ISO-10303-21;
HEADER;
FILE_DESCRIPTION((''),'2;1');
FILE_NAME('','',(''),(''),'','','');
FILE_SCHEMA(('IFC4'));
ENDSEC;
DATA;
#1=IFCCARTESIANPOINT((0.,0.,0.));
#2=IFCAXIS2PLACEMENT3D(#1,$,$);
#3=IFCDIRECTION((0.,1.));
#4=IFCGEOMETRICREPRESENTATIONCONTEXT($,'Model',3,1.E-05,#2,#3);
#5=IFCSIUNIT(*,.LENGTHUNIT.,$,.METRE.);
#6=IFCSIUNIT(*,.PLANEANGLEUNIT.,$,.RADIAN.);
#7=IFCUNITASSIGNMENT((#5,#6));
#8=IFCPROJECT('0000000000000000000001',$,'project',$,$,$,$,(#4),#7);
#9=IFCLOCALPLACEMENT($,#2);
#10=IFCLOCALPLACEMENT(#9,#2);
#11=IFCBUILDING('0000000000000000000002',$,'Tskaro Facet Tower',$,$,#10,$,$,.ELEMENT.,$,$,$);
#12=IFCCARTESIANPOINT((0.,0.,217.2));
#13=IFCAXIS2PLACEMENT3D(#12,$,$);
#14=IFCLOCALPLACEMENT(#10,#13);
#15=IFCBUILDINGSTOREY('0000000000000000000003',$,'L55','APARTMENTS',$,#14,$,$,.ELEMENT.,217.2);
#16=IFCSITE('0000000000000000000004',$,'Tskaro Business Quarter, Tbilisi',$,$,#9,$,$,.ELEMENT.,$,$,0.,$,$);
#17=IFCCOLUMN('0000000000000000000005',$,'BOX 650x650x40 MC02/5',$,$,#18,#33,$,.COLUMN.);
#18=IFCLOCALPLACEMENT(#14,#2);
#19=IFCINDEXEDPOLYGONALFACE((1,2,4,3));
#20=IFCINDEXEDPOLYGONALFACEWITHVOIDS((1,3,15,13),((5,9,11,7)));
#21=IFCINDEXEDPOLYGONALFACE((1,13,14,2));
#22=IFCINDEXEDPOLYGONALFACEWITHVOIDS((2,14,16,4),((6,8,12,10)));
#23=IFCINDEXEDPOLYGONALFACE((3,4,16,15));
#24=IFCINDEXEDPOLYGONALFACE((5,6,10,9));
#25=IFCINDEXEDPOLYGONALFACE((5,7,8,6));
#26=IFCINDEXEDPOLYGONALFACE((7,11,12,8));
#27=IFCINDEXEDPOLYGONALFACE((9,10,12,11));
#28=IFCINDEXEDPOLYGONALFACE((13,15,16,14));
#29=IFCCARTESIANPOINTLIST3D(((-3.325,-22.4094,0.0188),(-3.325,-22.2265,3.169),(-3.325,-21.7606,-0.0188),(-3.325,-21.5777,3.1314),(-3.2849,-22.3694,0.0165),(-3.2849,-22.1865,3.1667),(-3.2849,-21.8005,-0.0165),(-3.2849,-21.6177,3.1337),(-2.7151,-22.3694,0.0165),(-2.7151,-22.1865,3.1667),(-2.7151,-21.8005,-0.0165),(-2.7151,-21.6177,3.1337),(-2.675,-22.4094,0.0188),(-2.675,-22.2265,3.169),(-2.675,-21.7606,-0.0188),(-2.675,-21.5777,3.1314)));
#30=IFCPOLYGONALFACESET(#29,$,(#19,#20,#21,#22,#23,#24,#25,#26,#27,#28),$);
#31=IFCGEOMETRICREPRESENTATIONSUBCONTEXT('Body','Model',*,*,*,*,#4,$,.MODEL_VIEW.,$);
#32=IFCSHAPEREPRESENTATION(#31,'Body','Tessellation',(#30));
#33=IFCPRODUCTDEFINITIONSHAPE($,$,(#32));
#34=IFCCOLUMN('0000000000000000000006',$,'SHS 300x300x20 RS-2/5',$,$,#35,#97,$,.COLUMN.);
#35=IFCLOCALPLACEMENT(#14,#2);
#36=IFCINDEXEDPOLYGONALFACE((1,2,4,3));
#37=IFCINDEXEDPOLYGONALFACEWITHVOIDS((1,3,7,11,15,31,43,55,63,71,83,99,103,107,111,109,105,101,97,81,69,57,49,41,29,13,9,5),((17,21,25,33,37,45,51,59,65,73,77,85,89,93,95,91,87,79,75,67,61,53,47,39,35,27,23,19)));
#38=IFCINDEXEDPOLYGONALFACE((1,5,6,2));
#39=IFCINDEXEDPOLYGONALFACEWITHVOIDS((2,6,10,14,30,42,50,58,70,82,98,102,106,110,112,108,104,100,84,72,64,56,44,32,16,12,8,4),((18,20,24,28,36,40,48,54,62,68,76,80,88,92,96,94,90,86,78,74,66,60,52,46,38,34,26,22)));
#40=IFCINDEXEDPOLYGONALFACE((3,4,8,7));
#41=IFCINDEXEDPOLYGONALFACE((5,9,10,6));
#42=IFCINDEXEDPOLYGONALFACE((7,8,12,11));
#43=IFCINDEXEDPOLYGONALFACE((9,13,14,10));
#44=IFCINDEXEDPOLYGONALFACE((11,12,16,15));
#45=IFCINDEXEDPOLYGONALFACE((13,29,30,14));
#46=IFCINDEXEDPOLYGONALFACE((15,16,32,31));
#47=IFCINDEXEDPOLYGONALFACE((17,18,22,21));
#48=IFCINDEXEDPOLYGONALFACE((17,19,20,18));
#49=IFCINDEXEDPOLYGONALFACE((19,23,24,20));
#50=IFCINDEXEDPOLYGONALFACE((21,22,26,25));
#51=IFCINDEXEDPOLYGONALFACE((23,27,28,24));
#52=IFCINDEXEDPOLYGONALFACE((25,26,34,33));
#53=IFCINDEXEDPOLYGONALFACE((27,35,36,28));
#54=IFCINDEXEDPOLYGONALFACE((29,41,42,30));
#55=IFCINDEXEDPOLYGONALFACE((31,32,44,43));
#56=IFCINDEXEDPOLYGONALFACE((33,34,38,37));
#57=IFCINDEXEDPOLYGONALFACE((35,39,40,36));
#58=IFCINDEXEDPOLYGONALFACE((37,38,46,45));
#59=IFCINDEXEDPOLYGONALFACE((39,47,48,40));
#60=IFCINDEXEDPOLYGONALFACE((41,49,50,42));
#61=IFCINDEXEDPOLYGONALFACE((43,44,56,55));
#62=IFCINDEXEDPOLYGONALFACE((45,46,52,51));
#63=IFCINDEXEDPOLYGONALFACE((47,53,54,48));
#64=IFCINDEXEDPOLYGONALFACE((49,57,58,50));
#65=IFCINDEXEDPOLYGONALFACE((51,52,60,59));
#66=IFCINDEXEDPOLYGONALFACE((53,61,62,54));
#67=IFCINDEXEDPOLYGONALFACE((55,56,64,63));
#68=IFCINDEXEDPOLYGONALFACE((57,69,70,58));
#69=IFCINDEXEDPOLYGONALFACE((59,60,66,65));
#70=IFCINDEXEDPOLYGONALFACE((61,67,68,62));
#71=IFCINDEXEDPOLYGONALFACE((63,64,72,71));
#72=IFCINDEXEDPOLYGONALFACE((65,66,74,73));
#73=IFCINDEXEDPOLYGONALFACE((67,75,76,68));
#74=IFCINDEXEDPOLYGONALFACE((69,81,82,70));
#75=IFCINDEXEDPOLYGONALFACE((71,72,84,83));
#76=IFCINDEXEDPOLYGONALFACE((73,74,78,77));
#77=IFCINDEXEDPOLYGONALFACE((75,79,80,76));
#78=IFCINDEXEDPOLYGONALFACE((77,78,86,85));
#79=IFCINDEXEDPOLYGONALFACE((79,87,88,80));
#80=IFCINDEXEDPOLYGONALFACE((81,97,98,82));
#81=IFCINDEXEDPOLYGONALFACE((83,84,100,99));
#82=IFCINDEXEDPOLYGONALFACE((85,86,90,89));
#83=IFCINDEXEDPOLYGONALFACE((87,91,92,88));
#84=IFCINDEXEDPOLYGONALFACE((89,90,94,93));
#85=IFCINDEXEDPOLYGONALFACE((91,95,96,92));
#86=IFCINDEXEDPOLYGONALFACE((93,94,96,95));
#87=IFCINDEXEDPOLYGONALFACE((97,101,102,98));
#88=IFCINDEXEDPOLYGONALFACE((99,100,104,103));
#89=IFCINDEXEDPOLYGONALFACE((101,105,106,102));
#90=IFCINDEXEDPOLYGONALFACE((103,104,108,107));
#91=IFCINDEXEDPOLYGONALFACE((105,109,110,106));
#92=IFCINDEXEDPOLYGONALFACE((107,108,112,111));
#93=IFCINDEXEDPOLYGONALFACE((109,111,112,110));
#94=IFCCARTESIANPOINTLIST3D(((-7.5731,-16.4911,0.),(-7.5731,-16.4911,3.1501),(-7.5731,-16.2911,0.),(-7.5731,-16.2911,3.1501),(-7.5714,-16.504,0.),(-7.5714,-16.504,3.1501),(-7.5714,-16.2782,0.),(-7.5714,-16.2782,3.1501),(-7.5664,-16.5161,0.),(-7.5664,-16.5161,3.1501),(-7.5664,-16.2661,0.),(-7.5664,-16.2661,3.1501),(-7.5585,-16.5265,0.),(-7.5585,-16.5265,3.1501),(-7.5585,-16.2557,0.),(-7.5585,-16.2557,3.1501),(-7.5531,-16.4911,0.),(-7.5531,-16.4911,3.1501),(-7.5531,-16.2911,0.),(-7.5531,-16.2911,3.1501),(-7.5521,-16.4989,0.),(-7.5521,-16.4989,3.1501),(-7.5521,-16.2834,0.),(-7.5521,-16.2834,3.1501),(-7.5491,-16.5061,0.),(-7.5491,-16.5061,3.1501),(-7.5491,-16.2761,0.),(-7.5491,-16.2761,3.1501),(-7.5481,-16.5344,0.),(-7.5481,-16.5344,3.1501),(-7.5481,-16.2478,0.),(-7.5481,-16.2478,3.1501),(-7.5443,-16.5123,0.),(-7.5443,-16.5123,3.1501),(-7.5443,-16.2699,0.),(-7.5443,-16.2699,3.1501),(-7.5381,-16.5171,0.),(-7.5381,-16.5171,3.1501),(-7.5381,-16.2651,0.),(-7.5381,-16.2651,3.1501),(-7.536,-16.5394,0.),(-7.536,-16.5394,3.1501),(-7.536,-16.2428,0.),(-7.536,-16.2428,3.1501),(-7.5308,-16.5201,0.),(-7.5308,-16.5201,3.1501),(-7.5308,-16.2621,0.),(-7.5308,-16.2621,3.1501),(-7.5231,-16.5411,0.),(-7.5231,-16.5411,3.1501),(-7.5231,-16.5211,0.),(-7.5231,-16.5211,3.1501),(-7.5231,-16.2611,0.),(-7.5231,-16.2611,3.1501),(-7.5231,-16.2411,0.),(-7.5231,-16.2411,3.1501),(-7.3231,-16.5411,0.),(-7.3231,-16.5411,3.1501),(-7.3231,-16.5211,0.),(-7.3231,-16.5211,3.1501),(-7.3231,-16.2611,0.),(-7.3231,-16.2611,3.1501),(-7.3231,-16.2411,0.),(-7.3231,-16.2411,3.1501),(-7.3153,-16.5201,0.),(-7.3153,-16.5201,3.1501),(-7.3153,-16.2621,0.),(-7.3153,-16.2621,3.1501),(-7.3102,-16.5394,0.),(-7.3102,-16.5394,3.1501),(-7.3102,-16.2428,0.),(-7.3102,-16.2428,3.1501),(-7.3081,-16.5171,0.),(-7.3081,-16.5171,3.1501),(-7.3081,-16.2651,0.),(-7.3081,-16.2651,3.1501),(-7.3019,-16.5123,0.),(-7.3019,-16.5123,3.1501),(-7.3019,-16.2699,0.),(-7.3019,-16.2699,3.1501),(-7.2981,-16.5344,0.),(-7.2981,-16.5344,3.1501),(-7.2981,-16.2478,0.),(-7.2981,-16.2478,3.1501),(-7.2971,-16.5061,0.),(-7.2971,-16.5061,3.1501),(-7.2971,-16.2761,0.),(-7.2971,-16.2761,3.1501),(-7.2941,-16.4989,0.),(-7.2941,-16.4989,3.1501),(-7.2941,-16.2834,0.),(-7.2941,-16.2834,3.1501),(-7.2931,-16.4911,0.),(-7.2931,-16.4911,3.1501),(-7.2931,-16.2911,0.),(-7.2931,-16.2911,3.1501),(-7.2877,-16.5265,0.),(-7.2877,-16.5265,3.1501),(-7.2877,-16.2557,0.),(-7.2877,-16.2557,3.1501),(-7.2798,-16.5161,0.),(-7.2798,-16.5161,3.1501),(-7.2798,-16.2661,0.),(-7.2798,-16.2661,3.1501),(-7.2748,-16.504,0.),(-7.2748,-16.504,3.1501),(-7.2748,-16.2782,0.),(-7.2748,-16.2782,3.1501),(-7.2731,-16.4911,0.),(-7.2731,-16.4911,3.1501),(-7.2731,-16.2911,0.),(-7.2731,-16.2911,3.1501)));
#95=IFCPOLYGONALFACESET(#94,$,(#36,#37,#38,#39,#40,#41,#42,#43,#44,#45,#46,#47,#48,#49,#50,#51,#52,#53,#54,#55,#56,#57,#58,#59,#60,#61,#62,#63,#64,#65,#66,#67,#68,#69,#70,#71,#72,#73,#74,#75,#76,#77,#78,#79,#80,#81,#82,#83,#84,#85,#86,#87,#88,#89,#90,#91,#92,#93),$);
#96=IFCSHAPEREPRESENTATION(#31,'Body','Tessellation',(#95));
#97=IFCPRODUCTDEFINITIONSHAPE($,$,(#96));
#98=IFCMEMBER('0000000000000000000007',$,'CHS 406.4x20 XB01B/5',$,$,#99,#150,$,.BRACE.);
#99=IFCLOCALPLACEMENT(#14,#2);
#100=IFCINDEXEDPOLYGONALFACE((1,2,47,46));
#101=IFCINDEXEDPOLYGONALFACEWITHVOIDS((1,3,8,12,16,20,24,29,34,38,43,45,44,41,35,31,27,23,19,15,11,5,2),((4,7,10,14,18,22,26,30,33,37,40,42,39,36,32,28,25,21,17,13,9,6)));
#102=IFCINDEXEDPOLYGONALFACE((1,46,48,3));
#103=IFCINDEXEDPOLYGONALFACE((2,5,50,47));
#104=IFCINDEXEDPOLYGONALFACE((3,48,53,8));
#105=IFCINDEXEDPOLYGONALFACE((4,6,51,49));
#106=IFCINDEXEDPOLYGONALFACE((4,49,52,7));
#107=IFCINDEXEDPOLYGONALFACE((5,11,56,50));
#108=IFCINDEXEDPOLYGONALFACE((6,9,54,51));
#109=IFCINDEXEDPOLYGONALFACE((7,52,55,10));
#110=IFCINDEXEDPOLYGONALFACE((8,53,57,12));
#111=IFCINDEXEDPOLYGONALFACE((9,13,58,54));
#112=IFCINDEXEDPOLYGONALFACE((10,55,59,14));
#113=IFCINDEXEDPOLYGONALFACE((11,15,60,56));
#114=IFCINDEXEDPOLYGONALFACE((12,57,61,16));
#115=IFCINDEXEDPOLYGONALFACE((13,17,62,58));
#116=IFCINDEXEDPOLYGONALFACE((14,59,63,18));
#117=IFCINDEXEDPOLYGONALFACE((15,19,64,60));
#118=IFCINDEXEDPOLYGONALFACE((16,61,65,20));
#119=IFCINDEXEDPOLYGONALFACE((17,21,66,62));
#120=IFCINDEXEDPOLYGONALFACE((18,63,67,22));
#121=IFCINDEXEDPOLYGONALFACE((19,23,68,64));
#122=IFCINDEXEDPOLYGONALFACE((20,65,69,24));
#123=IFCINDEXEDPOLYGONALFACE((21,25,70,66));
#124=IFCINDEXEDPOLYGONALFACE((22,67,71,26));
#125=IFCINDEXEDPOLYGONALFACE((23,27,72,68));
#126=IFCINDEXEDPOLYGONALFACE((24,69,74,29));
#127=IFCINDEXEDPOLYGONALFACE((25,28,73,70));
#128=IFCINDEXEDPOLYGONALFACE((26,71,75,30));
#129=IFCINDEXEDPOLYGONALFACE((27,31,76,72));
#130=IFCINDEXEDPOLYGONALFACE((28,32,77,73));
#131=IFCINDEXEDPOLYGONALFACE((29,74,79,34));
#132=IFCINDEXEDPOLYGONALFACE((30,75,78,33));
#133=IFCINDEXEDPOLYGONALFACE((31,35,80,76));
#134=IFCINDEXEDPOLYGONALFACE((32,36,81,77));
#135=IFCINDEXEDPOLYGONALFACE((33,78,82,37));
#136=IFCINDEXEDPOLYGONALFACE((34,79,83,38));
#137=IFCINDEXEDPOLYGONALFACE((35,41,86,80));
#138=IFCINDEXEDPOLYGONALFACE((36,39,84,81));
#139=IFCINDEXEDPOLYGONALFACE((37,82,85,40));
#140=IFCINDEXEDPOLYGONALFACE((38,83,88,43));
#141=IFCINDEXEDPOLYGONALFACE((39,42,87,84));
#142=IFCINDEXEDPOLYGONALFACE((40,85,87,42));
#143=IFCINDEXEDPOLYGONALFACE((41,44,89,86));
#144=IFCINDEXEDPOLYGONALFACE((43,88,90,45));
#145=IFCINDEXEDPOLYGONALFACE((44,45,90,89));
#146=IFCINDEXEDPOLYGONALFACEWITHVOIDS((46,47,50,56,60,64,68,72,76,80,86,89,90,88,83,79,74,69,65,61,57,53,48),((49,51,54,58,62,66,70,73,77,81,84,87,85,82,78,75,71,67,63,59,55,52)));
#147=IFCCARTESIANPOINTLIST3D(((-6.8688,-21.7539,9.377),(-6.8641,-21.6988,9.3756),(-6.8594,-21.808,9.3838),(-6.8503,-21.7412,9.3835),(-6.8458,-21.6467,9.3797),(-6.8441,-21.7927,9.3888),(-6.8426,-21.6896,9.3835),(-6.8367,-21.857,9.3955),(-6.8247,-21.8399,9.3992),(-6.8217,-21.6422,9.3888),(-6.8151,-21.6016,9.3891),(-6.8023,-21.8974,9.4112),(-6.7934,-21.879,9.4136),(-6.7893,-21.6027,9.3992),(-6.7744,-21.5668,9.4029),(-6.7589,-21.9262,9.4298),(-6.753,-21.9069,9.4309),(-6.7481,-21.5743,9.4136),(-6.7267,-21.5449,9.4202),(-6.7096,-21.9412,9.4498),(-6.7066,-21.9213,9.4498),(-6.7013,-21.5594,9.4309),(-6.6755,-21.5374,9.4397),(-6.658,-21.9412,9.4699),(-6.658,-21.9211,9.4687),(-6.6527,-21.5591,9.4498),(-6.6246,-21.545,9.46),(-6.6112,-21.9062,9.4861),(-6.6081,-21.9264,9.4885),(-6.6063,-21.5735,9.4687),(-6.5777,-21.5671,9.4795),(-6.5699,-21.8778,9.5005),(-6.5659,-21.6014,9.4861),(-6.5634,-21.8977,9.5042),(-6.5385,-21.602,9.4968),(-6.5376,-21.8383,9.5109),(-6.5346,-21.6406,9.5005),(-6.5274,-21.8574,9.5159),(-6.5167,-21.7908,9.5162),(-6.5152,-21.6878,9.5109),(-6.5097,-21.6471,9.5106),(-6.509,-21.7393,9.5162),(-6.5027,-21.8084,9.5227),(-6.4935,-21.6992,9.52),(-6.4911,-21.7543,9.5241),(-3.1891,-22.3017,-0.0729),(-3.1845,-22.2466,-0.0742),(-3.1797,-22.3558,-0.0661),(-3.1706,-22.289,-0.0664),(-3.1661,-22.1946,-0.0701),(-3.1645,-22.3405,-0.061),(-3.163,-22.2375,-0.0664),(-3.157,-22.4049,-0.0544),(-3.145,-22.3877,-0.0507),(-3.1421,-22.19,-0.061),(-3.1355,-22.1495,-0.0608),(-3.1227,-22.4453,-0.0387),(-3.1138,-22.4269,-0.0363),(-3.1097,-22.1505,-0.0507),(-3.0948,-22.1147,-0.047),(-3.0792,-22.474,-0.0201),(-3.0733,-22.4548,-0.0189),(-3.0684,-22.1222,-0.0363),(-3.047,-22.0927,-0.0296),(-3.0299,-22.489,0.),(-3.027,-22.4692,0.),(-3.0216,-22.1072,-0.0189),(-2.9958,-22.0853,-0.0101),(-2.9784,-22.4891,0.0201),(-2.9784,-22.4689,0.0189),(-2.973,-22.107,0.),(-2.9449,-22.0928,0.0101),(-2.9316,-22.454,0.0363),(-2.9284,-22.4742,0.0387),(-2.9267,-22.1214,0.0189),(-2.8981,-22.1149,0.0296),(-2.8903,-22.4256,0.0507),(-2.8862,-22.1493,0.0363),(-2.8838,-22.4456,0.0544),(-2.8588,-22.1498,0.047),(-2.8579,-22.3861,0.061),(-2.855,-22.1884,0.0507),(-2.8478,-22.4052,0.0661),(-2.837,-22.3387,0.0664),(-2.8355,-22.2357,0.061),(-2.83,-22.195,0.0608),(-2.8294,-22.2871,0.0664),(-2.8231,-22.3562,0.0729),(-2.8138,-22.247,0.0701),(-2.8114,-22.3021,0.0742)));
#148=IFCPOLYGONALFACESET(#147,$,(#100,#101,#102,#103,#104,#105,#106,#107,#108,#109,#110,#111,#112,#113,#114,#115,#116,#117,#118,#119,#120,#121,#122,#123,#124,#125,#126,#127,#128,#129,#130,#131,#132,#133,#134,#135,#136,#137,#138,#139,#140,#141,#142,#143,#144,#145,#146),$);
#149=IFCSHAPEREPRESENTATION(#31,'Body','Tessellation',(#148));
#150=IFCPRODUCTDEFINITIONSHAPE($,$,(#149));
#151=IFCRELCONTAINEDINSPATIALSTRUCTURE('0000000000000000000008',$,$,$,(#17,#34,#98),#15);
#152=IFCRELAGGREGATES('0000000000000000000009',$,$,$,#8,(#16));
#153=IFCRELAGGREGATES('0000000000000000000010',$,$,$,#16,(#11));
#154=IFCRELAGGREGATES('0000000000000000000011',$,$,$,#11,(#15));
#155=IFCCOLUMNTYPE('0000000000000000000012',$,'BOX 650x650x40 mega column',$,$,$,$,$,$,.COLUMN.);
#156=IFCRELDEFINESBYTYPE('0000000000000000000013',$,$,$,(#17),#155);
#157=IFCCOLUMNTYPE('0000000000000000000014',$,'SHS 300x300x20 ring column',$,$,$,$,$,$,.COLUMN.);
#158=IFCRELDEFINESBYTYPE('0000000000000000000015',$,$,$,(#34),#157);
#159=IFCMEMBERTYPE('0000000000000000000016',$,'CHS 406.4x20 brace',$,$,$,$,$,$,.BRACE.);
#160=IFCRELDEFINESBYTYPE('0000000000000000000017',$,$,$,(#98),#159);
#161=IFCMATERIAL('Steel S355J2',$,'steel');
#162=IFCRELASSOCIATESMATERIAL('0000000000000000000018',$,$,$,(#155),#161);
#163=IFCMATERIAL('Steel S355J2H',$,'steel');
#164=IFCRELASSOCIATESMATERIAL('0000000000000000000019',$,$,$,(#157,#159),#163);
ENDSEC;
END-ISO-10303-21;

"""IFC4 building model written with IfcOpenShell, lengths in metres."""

from ifc_helpers import new_model, si_unit, direction, frame, origin, origin_2d, place, context, subcontext, project, spatial, hollow_rectangle, hollow_circle, extrude, material, material_profile, profile_set, type_object, element, save


model = new_model("IFC4")

# Units and contexts
model_context = context("Model", 3, precision=1e-05, world=origin(), true_north=direction((0.0, 1.0)))
body_context = subcontext(model_context, "Body", "Model", "MODEL_VIEW")
ifc_project = project(units=[si_unit("LENGTHUNIT", "METRE"), si_unit("PLANEANGLEUNIT", "RADIAN")], contexts=[model_context])

# Site, building, storey
site_placement = place(None, origin())
site = spatial("IfcSite", under=ifc_project, at=site_placement, Name="Tskaro Business Quarter, Tbilisi", CompositionType="ELEMENT", RefElevation=0.0)
building_placement = place(site_placement, origin())
building = spatial("IfcBuilding", under=site, at=building_placement, Name="Tskaro Facet Tower", CompositionType="ELEMENT")
storey_placement = place(building_placement, frame((0.0, 0.0, 217.2)))
storey = spatial("IfcBuildingStorey", under=building, at=storey_placement, Name="L55", Description="APARTMENTS", CompositionType="ELEMENT", Elevation=217.2)

# Columns
ifc_material_1 = material(Name="Steel S355J2", Category="steel")
ifc_material_profile_1 = material_profile(ifc_material_1, hollow_rectangle(XDim=0.6499, YDim=0.6499, WallThickness=0.04, at=origin_2d()), Name="BOX 650x650x40")
ifc_profile_set_1 = profile_set([ifc_material_profile_1], Name="Steel S355J2")
column_type_1 = type_object("IfcColumnType", Name="BOX 650x650x40 mega column", PredefinedType="COLUMN", material=ifc_profile_set_1)
column_1_placement = place(storey_placement, frame((-3.0, -22.085, 0.0), z_axis=(0.0, 0.057951, 0.998319), x_axis=(-1.0, 0.0, 0.0)))
element("IfcColumn", 1, at=column_1_placement, inside=storey, type_object=column_type_1, Name="BOX 650x650x40 MC02/5", PredefinedType="COLUMN", context=body_context, shape_type="SweptSolid", body=[
    extrude(hollow_rectangle(XDim=0.6499, YDim=0.6499, WallThickness=0.04, at=origin_2d()), origin(), (0.0, 0.0, 1.0), 3.1555),
])
ifc_material_2 = material(Name="Steel S355J2H", Category="steel")
ifc_material_profile_2 = material_profile(ifc_material_2, hollow_rectangle(XDim=0.3, YDim=0.3, WallThickness=0.02, InnerFilletRadius=0.03, OuterFilletRadius=0.05, at=origin_2d()), Name="SHS 300x300x20")
ifc_profile_set_2 = profile_set([ifc_material_profile_2], Name="Steel S355J2H")
column_type_2 = type_object("IfcColumnType", Name="SHS 300x300x20 ring column", PredefinedType="COLUMN", material=ifc_profile_set_2)
column_2_placement = place(storey_placement, frame((-7.4231, -16.3911, 0.0), z_axis=(0.0, 0.0, 1.0), x_axis=(1.0, 0.0, 0.0)))
element("IfcColumn", 2, at=column_2_placement, inside=storey, type_object=column_type_2, Name="SHS 300x300x20 RS-2/5", PredefinedType="COLUMN", context=body_context, shape_type="SweptSolid", body=[
    extrude(hollow_rectangle(XDim=0.3, YDim=0.3, WallThickness=0.02, InnerFilletRadius=0.03, OuterFilletRadius=0.05, at=origin_2d()), origin(), (0.0, 0.0, 1.0), 3.1501),
])

# Member
ifc_material_profile_3 = material_profile(ifc_material_2, hollow_circle(Radius=0.2031, WallThickness=0.02, at=origin_2d()), Name="CHS 406.4x20")
ifc_profile_set_3 = profile_set([ifc_material_profile_3], Name="Steel S355J2H")
member_type_1 = type_object("IfcMemberType", Name="CHS 406.4x20 brace", PredefinedType="BRACE", material=ifc_profile_set_3)
member_1_placement = place(storey_placement, frame((-3.0, -22.2881, 0.0), z_axis=(-0.362321, 0.053944, 0.930491), x_axis=(-0.147262, -0.989098, 0.0)))
element("IfcMember", 3, at=member_1_placement, inside=storey, type_object=member_type_1, Name="CHS 406.4x20 XB01B/5", PredefinedType="BRACE", context=body_context, shape_type="SweptSolid", body=[
    extrude(hollow_circle(Radius=0.2031, WallThickness=0.02, at=origin_2d()), origin(), (0.0, 0.0, 1.0), 10.1558),
])

save(model, "model.ifc")
